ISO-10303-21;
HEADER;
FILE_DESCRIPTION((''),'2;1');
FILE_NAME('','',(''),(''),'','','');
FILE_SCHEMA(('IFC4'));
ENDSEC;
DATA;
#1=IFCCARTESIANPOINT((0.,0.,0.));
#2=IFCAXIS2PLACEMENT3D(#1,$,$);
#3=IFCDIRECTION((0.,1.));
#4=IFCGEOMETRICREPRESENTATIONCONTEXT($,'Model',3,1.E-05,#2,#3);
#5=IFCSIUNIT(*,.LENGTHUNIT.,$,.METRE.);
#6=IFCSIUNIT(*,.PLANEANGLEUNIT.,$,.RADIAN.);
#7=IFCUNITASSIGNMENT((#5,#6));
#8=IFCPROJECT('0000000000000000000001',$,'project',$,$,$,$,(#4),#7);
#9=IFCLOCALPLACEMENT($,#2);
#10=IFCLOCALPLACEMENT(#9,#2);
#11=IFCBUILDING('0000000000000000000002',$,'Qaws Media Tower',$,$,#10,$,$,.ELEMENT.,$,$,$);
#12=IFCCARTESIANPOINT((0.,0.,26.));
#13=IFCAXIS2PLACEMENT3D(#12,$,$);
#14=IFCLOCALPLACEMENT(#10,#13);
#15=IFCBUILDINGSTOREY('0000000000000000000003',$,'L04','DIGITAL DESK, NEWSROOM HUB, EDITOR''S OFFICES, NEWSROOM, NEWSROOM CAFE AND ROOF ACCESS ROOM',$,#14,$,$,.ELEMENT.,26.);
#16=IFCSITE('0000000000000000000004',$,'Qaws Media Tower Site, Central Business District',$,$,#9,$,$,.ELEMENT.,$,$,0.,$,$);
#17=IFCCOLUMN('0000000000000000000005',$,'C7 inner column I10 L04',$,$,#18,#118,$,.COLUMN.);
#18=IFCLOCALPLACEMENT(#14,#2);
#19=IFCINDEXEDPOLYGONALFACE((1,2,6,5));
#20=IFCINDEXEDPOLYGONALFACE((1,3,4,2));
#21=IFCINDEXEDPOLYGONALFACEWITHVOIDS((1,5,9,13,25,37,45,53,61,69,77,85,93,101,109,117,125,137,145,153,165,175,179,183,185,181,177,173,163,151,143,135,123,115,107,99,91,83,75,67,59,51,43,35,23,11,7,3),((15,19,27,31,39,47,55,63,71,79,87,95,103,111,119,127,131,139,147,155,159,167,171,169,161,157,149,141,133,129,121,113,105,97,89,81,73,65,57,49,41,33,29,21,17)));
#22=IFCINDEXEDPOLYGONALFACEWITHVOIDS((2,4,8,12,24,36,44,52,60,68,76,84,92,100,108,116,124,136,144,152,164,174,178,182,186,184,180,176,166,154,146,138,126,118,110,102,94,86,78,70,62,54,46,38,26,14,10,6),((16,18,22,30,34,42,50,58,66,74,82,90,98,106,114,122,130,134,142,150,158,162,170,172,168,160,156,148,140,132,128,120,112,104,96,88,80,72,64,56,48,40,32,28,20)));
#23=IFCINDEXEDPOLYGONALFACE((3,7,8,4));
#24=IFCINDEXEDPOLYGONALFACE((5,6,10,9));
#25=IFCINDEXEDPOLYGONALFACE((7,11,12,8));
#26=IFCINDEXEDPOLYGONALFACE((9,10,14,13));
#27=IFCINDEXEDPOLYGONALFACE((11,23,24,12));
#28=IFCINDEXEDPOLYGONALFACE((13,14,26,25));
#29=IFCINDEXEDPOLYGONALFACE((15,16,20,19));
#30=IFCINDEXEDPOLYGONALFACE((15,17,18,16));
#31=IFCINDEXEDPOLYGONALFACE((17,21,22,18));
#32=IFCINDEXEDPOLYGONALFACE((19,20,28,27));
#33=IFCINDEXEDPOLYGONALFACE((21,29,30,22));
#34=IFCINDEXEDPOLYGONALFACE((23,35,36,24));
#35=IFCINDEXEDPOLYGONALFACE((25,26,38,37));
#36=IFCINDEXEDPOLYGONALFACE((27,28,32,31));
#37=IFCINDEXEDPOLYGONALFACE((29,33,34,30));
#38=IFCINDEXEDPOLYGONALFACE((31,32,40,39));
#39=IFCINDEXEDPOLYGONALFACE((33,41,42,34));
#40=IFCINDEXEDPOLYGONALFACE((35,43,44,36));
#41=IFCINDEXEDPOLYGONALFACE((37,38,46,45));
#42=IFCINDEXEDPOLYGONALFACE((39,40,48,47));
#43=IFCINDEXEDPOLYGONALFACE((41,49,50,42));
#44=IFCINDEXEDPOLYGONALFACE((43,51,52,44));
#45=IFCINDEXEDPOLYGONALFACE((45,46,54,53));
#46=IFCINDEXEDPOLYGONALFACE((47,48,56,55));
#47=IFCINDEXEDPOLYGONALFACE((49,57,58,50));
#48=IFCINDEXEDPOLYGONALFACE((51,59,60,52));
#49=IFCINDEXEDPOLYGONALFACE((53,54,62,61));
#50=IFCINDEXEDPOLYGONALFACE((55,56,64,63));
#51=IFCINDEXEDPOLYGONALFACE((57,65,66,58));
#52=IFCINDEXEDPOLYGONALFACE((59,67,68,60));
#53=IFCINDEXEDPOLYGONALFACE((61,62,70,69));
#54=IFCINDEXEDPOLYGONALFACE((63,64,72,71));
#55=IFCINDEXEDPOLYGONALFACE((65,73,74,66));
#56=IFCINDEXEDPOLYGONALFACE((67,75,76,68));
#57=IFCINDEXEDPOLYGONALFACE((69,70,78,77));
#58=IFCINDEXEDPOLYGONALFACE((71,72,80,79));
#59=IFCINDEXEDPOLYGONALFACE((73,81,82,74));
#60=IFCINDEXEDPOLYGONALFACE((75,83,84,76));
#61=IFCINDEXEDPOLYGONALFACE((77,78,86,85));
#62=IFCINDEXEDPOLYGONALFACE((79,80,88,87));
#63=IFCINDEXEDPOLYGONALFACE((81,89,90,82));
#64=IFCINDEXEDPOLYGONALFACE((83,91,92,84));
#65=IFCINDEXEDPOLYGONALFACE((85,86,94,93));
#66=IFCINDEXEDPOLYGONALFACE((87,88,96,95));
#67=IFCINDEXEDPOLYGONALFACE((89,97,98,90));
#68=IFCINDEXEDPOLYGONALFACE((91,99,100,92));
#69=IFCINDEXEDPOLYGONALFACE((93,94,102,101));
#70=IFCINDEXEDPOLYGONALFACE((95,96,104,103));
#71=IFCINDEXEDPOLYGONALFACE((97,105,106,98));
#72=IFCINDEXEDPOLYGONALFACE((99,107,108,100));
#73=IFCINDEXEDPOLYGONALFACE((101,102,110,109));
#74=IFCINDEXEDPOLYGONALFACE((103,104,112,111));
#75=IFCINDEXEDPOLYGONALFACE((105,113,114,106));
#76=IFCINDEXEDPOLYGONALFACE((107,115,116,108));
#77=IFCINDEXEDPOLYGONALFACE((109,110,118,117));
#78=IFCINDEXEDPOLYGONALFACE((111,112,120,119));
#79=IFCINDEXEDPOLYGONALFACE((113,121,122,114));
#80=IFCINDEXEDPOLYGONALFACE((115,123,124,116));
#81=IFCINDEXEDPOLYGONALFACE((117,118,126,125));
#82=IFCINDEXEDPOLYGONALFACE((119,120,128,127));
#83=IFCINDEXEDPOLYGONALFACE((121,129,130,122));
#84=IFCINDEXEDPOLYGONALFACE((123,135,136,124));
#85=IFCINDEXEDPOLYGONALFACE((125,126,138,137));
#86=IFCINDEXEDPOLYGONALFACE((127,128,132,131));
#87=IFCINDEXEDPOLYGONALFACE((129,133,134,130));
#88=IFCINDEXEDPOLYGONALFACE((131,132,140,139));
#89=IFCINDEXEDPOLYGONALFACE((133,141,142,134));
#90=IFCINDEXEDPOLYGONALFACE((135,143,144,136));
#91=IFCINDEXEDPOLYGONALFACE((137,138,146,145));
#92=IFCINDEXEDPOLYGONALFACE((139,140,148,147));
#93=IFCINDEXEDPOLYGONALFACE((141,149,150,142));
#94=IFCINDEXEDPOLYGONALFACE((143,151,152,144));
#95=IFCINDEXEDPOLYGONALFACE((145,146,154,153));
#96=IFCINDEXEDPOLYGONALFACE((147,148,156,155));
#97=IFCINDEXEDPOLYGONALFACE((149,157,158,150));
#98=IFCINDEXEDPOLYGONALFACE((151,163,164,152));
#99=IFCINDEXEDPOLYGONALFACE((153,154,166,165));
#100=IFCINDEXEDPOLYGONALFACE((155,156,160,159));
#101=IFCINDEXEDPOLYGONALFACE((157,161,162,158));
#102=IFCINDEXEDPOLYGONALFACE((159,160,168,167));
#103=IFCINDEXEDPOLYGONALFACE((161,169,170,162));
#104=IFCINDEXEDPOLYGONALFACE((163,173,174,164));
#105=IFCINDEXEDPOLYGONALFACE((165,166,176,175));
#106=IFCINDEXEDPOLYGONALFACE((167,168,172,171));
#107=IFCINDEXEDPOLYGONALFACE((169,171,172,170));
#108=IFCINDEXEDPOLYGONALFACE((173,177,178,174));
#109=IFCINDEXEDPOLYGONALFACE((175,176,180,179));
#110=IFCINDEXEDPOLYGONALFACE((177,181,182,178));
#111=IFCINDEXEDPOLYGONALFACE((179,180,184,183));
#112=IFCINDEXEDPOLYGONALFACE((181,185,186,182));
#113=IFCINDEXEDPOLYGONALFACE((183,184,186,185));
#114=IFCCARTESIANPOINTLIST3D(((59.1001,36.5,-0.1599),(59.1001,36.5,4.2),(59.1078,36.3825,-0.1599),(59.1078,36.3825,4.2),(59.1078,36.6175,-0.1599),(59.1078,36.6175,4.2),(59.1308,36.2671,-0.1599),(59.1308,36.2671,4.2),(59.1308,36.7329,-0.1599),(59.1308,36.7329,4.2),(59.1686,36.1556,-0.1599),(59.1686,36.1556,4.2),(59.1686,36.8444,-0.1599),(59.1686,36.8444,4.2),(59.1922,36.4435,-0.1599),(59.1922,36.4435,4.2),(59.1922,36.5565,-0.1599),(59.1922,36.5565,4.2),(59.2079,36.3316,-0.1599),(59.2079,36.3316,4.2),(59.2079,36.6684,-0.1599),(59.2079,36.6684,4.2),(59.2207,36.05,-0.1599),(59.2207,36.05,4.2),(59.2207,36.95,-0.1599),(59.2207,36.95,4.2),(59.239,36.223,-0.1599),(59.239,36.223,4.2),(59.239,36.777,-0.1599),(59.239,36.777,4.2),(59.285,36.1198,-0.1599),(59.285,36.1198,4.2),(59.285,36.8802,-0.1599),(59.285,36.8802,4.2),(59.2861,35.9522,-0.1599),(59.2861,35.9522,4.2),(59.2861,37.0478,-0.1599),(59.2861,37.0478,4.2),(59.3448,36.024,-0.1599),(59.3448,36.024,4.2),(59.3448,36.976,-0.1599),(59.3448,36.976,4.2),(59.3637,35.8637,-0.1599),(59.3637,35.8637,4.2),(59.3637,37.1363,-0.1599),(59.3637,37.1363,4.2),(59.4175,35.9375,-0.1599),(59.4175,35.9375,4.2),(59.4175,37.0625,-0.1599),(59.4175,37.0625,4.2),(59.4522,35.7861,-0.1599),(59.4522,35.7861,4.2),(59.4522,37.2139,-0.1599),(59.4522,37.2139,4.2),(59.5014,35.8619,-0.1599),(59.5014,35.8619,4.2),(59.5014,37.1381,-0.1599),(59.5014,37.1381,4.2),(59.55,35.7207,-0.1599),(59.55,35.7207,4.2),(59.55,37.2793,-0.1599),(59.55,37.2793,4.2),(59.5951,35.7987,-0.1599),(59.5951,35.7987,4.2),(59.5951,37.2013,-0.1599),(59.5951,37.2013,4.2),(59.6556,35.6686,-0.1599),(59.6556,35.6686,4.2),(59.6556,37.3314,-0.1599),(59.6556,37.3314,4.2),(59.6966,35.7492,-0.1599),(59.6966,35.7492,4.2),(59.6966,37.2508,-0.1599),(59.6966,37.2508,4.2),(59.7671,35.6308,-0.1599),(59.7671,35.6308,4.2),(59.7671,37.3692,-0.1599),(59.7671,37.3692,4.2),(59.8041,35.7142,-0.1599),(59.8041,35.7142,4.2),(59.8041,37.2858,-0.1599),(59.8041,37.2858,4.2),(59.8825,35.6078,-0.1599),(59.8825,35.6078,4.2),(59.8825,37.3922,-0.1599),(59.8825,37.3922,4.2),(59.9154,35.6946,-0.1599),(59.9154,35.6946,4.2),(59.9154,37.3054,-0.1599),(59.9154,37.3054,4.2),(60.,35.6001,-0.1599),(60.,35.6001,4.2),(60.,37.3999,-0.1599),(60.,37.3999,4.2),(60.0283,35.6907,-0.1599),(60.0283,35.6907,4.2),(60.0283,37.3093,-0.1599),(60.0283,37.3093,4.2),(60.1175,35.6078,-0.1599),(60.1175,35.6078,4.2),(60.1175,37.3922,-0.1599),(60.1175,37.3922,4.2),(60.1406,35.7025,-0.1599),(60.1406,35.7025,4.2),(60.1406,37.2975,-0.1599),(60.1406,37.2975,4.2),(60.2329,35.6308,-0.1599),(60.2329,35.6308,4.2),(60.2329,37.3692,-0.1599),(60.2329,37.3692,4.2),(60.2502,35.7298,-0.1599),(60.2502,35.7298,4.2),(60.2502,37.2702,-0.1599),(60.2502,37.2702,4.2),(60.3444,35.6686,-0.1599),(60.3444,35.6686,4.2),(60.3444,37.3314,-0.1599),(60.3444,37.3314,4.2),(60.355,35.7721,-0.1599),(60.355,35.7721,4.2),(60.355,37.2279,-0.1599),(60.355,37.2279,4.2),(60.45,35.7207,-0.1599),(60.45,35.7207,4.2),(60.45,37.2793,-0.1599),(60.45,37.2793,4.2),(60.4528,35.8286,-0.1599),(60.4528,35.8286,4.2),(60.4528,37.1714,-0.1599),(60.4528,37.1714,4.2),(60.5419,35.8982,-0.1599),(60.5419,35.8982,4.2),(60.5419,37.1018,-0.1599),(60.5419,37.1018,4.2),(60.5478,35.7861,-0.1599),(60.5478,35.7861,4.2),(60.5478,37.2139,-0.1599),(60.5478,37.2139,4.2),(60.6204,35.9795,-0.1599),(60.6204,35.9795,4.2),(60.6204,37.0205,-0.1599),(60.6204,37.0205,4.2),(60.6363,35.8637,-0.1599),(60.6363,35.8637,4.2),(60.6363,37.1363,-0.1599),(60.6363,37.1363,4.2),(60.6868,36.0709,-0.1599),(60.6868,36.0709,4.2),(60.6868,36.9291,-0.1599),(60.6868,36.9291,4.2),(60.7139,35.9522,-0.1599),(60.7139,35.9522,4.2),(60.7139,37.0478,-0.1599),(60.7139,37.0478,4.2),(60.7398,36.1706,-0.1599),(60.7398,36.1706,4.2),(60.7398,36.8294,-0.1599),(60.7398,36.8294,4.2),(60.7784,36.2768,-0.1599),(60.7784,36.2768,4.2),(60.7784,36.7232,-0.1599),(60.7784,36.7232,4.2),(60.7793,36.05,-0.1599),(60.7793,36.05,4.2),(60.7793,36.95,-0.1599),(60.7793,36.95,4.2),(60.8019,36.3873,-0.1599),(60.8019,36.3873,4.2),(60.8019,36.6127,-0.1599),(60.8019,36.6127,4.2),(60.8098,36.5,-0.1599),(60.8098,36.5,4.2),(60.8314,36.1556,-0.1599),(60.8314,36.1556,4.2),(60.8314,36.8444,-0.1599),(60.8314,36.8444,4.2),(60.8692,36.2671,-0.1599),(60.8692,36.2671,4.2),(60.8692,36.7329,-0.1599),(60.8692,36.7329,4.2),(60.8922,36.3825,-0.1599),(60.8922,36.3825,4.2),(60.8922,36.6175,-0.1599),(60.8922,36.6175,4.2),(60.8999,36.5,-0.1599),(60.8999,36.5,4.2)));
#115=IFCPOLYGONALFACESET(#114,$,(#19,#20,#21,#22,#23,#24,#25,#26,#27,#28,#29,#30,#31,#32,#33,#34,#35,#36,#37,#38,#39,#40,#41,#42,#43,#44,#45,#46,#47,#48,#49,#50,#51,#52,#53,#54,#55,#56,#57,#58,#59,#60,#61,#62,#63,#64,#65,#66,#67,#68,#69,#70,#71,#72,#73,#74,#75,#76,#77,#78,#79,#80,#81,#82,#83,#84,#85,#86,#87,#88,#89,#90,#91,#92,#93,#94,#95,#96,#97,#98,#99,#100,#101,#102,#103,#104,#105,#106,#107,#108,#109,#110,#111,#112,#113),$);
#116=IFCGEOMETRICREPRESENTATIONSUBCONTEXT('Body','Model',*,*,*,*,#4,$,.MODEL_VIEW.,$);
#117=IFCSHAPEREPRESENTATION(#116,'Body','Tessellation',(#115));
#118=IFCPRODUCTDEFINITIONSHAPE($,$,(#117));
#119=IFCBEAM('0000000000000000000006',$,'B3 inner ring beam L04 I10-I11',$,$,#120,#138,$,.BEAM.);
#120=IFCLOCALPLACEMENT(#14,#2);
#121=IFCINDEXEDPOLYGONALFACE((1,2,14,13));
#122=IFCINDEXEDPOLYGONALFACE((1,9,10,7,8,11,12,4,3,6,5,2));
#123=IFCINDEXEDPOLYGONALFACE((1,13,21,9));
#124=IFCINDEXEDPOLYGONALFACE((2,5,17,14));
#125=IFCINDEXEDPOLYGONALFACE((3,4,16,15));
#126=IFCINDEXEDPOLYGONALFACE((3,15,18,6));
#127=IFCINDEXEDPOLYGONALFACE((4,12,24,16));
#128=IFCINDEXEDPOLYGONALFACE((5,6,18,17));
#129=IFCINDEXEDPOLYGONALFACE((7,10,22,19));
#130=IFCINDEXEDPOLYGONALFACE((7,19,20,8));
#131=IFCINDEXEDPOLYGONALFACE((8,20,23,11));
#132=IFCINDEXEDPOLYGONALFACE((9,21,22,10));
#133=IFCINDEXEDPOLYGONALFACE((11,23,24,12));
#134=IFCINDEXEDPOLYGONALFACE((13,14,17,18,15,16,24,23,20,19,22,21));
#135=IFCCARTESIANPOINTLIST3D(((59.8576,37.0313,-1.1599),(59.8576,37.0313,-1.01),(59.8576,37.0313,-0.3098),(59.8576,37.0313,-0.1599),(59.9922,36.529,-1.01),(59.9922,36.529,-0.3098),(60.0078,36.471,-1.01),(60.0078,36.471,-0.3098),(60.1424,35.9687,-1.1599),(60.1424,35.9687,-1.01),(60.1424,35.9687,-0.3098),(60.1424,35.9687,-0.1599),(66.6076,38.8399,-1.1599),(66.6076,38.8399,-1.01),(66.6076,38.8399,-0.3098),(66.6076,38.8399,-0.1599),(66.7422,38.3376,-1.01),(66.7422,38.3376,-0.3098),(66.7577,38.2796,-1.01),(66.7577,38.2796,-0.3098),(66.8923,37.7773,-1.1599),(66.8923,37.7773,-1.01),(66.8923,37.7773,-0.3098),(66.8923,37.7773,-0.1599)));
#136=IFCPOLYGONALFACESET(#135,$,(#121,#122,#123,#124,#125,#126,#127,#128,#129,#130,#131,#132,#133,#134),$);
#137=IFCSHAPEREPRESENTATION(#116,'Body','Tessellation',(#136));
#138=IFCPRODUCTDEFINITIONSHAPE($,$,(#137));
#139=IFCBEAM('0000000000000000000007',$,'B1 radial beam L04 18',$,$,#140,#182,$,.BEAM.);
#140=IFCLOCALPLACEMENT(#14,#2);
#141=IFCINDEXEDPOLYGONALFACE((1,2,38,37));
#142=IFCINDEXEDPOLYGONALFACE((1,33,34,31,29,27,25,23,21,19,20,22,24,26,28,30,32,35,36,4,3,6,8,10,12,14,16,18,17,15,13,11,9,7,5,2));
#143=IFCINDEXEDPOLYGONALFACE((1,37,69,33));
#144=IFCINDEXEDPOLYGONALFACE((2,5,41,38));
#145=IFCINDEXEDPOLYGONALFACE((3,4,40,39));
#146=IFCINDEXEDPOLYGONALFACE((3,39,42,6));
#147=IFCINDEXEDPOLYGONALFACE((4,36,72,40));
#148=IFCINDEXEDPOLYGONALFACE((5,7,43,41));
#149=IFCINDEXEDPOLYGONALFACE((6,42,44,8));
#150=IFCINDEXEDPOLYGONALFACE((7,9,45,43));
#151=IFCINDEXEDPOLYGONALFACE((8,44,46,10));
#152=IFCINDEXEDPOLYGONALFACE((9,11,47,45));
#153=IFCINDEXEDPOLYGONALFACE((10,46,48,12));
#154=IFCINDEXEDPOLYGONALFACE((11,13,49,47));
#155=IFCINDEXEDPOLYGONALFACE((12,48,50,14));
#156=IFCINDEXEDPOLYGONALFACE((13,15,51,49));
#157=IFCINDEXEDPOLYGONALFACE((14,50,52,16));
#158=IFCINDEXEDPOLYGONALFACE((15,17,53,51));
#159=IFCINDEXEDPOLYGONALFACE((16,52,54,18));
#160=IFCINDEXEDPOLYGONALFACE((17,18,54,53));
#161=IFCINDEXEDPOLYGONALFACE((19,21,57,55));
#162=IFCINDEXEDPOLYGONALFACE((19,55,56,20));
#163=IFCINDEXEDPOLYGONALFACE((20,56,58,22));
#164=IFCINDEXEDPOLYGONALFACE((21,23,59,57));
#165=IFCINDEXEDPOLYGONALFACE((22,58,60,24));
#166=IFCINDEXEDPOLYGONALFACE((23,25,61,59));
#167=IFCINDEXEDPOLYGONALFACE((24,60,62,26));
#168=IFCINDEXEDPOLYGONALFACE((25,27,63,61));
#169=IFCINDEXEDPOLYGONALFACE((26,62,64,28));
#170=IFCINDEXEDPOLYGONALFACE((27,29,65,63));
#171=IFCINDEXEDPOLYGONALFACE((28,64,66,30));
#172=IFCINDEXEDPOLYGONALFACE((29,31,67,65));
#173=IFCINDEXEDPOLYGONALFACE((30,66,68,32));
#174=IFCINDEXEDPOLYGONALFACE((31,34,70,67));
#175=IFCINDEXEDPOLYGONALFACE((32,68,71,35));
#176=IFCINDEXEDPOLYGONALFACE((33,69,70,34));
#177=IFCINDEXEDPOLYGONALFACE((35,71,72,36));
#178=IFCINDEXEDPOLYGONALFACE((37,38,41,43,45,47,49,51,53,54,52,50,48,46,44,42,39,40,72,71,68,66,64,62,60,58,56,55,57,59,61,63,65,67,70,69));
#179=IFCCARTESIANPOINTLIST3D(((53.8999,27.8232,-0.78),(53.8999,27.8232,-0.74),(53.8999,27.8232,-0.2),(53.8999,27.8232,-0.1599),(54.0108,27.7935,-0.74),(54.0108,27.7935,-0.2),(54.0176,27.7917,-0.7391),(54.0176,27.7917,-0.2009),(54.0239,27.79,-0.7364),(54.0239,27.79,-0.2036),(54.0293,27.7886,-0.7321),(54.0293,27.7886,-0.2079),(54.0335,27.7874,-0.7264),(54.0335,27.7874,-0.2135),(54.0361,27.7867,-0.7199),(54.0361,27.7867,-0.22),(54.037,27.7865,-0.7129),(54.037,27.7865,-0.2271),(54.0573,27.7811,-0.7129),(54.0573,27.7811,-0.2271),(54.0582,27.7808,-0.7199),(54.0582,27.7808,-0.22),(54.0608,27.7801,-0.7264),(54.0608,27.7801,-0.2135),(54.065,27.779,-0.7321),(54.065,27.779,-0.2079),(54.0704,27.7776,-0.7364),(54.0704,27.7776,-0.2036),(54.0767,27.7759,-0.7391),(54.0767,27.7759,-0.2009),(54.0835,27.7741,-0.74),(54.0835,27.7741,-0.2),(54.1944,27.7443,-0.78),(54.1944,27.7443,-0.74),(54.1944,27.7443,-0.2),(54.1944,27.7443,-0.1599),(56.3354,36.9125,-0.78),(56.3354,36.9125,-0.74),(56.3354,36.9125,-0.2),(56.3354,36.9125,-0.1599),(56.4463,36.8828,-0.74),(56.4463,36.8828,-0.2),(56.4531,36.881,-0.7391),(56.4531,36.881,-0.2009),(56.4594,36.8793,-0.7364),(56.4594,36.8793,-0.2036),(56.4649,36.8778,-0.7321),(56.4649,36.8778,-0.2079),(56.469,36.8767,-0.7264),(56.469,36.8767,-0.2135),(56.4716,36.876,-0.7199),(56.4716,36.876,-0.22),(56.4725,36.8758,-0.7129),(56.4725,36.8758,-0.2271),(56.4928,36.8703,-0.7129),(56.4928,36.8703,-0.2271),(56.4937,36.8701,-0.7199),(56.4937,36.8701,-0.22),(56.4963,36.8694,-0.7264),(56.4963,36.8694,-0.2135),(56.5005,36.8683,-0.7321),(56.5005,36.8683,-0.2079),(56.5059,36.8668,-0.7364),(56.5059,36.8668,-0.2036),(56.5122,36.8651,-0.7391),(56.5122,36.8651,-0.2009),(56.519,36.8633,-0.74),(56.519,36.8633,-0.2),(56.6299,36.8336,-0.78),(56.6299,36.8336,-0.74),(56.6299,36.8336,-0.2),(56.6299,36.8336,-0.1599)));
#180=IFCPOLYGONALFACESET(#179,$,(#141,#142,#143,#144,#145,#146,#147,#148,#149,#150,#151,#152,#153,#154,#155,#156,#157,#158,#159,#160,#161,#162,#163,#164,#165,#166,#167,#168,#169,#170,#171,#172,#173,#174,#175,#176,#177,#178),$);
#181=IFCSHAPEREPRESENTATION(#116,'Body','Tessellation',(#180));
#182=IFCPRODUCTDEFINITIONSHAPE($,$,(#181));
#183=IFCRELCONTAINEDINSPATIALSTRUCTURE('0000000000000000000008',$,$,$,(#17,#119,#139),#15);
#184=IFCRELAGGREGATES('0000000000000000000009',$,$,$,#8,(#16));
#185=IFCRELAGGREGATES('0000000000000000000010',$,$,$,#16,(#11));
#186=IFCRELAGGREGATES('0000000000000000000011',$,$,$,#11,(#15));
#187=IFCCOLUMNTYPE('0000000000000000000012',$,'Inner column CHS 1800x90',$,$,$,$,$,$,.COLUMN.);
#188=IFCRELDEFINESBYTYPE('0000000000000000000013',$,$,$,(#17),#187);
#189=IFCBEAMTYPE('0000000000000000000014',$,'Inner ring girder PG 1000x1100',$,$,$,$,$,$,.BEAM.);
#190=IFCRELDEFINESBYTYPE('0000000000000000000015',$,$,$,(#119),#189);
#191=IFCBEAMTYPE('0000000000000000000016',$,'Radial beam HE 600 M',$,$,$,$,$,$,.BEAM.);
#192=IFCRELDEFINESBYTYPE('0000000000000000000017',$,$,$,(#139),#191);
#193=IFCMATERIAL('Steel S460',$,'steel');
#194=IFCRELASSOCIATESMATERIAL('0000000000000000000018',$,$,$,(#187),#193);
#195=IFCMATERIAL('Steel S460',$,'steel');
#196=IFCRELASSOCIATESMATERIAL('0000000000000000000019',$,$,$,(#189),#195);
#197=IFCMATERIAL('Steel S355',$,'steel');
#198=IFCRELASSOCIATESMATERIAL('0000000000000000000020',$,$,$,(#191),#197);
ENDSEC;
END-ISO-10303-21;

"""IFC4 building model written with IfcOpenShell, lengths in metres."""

from ifc_helpers import new_model, si_unit, direction, frame, origin, origin_2d, place, context, subcontext, project, spatial, hollow_circle, i_section, extrude, material, material_profile, profile_set, type_object, element, save


model = new_model("IFC4")

# Units and contexts
model_context = context("Model", 3, precision=1e-05, world=origin(), true_north=direction((0.0, 1.0)))
body_context = subcontext(model_context, "Body", "Model", "MODEL_VIEW")
ifc_project = project(units=[si_unit("LENGTHUNIT", "METRE"), si_unit("PLANEANGLEUNIT", "RADIAN")], contexts=[model_context])

# Site, building, storey
site_placement = place(None, origin())
site = spatial("IfcSite", under=ifc_project, at=site_placement, Name="Qaws Media Tower Site, Central Business District", CompositionType="ELEMENT", RefElevation=0.0)
building_placement = place(site_placement, origin())
building = spatial("IfcBuilding", under=site, at=building_placement, Name="Qaws Media Tower", CompositionType="ELEMENT")
storey_placement = place(building_placement, frame((0.0, 0.0, 26.0)))
storey = spatial("IfcBuildingStorey", under=building, at=storey_placement, Name="L04", Description="DIGITAL DESK, NEWSROOM HUB, EDITOR'S OFFICES, NEWSROOM, NEWSROOM CAFE AND ROOF ACCESS ROOM", CompositionType="ELEMENT", Elevation=26.0)

# Column
ifc_material_1 = material(Name="Steel S460", Category="steel")
ifc_material_profile_1 = material_profile(ifc_material_1, hollow_circle(Radius=0.8999, WallThickness=0.0901, at=origin_2d()), Name="CHS 1800x90")
ifc_profile_set_1 = profile_set([ifc_material_profile_1], Name="Steel S460")
column_type = type_object("IfcColumnType", Name="Inner column CHS 1800x90", PredefinedType="COLUMN", material=ifc_profile_set_1)
column_placement = place(storey_placement, frame((60.0, 36.5, -0.1599), z_axis=(0.0, 0.0, 1.0), x_axis=(1.0, 0.0, 0.0)))
element("IfcColumn", 1, at=column_placement, inside=storey, type_object=column_type, Name="C7 inner column I10 L04", PredefinedType="COLUMN", context=body_context, shape_type="SweptSolid", body=[
    extrude(hollow_circle(Radius=0.8999, WallThickness=0.0901, at=origin_2d()), origin(), (0.0, 0.0, 1.0), 4.3599),
])

# Beams
ifc_material_2 = material(Name="Steel S460", Category="steel")
ifc_material_profile_2 = material_profile(ifc_material_2, i_section(OverallWidth=1.1001, OverallDepth=1.0, WebThickness=0.0601, FlangeThickness=0.1499, at=origin_2d()), Name="PG 1000x1100")
ifc_profile_set_2 = profile_set([ifc_material_profile_2], Name="Steel S460")
beam_type_1 = type_object("IfcBeamType", Name="Inner ring girder PG 1000x1100", PredefinedType="BEAM", material=ifc_profile_set_2)
beam_1_placement = place(storey_placement, frame((60.0, 36.5, -0.6599), z_axis=(0.965928, 0.258811, 0.0), x_axis=(-0.258811, 0.965928, 0.0)))
element("IfcBeam", 2, at=beam_1_placement, inside=storey, type_object=beam_type_1, Name="B3 inner ring beam L04 I10-I11", PredefinedType="BEAM", context=body_context, shape_type="SweptSolid", body=[
    extrude(i_section(OverallWidth=1.1001, OverallDepth=1.0, WebThickness=0.0601, FlangeThickness=0.1499, at=origin_2d()), origin(), (0.0, 0.0, 1.0), 6.988),
])
ifc_material_3 = material(Name="Steel S355", Category="steel")
ifc_material_profile_3 = material_profile(ifc_material_3, i_section(OverallWidth=0.3049, OverallDepth=0.6201, WebThickness=0.021, FlangeThickness=0.04, FilletRadius=0.0271, at=origin_2d()), Name="HE 600 M")
ifc_profile_set_3 = profile_set([ifc_material_profile_3], Name="Steel S355")
beam_type_2 = type_object("IfcBeamType", Name="Radial beam HE 600 M", PredefinedType="BEAM", material=ifc_profile_set_3)
beam_2_placement = place(storey_placement, frame((56.4827, 36.873, -0.47), z_axis=(-0.258825, -0.965924, 0.0), x_axis=(0.965924, -0.258825, 0.0)))
element("IfcBeam", 3, at=beam_2_placement, inside=storey, type_object=beam_type_2, Name="B1 radial beam L04 18", PredefinedType="BEAM", context=body_context, shape_type="SweptSolid", body=[
    extrude(i_section(OverallWidth=0.3049, OverallDepth=0.6201, WebThickness=0.021, FlangeThickness=0.04, FilletRadius=0.0271, at=origin_2d()), origin(), (0.0, 0.0, 1.0), 9.4099),
])

save(model, "model.ifc")
